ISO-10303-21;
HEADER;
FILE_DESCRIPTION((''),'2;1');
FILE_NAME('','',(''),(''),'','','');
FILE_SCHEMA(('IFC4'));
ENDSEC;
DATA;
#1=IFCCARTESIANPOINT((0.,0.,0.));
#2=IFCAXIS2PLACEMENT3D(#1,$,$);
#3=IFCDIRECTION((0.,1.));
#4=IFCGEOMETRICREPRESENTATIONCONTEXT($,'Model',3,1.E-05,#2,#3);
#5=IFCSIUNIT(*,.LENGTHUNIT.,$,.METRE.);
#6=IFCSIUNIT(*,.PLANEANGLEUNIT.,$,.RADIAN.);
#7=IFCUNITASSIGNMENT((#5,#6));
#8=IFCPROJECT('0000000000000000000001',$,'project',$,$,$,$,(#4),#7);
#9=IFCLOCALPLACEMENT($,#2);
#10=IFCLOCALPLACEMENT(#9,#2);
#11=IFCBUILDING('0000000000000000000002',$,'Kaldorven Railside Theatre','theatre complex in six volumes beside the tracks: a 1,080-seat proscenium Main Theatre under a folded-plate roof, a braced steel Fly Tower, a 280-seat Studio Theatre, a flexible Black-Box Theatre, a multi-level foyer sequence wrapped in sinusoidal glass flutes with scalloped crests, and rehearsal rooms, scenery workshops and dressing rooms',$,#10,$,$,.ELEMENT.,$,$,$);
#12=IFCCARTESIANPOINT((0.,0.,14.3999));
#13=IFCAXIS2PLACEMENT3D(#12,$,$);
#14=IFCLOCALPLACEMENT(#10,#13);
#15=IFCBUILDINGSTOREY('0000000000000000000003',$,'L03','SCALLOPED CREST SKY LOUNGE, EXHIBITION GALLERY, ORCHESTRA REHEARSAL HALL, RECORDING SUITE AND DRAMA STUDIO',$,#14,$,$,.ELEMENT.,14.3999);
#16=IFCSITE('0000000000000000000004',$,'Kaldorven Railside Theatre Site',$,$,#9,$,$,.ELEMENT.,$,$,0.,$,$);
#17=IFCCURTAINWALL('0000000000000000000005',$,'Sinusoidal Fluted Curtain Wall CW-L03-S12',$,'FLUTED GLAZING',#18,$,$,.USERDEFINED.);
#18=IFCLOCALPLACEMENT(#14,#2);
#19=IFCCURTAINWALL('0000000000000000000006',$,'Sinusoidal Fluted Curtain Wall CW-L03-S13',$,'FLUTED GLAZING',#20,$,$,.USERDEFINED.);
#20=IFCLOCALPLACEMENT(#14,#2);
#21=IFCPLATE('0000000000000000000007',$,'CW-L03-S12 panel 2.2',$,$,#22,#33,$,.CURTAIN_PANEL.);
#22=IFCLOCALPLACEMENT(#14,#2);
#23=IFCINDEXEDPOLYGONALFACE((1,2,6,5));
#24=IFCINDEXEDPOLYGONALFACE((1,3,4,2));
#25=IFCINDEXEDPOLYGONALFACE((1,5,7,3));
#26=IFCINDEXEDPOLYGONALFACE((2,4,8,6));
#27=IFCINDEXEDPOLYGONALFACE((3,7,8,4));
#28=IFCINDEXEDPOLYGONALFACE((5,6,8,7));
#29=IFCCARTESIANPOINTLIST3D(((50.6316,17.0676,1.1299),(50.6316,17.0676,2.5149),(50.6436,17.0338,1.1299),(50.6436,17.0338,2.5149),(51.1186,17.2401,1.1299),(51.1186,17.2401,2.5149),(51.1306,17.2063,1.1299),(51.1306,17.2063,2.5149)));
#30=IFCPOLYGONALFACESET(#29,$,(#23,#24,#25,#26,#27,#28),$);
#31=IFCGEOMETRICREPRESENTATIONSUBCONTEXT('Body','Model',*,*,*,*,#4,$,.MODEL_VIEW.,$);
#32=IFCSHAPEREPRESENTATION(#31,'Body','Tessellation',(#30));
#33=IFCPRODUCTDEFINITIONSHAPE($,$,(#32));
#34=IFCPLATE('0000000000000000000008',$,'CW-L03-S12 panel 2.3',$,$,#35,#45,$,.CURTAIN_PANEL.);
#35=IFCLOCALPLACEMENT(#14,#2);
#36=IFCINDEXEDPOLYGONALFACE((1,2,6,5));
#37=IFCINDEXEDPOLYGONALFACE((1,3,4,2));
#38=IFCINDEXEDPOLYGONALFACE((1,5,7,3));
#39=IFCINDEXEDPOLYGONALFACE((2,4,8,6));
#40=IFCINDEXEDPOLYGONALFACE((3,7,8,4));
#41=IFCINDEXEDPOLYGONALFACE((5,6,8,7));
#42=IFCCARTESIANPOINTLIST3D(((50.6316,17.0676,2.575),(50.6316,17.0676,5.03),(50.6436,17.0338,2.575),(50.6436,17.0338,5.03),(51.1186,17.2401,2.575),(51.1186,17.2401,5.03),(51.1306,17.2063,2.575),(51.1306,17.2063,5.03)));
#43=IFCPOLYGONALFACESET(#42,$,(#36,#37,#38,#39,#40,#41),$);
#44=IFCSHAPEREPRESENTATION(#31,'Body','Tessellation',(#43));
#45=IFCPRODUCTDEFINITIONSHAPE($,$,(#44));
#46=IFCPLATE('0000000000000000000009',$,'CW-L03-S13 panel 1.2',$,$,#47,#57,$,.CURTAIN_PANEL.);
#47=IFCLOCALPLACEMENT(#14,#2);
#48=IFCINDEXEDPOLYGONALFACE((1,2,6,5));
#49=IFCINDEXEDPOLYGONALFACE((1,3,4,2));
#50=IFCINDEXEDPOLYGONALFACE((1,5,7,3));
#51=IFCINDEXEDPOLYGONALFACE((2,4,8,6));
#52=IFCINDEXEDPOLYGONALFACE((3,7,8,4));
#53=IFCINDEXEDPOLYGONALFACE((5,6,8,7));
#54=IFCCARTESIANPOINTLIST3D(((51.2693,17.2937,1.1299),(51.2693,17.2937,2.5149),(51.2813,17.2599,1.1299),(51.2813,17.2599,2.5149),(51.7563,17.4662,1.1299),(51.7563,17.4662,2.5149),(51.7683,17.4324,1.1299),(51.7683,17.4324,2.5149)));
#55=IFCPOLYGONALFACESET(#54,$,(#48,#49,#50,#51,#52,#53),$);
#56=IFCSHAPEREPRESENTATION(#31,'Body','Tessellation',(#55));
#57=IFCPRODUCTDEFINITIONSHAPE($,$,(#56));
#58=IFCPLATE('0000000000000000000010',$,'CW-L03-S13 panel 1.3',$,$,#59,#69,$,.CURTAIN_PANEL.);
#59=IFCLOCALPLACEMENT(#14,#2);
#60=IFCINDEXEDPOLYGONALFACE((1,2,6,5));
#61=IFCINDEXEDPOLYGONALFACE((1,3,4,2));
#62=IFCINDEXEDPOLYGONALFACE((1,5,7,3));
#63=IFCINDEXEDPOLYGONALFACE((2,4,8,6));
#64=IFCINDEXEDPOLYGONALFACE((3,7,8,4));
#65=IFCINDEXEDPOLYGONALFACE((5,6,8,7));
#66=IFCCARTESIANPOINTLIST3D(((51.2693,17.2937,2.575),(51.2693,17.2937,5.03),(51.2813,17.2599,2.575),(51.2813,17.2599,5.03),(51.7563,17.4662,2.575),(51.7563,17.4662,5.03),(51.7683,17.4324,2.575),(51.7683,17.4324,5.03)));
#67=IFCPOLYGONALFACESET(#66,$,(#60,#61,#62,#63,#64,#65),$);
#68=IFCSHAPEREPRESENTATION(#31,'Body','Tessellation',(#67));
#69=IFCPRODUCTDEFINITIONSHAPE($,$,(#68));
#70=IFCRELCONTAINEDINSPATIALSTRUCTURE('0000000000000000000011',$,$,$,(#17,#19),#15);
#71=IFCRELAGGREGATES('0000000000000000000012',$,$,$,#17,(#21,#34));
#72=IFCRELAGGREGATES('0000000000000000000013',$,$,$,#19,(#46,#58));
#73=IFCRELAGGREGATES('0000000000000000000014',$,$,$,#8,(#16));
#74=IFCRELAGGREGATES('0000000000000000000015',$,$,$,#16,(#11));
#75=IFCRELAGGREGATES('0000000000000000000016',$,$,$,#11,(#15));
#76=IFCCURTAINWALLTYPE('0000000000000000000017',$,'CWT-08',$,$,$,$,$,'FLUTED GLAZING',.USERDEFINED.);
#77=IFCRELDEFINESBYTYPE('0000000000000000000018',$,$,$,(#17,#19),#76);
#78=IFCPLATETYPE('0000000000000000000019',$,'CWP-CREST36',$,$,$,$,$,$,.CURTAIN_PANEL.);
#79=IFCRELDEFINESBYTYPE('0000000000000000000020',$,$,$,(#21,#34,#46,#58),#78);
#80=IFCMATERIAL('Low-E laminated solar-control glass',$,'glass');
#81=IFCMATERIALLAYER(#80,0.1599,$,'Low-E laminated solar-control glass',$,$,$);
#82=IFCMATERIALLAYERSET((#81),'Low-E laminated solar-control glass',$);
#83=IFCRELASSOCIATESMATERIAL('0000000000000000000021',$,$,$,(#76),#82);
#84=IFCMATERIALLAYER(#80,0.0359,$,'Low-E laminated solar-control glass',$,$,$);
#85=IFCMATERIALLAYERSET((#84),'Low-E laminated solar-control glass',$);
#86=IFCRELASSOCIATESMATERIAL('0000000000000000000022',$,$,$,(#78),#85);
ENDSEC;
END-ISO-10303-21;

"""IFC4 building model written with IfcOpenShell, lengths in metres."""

from ifc_helpers import new_model, si_unit, direction, frame, origin, origin_2d, place, context, subcontext, project, spatial, rectangle, extrude, material, layer, layer_set, type_object, element, aggregate, save


model = new_model("IFC4")

# Units and contexts
model_context = context("Model", 3, precision=1e-05, world=origin(), true_north=direction((0.0, 1.0)))
body_context = subcontext(model_context, "Body", "Model", "MODEL_VIEW")
ifc_project = project(units=[si_unit("LENGTHUNIT", "METRE"), si_unit("PLANEANGLEUNIT", "RADIAN")], contexts=[model_context])

# Site, building, storey
site_placement = place(None, origin())
site = spatial("IfcSite", under=ifc_project, at=site_placement, Name="Kaldorven Railside Theatre Site", CompositionType="ELEMENT", RefElevation=0.0)
building_placement = place(site_placement, origin())
building = spatial("IfcBuilding", under=site, at=building_placement, Name="Kaldorven Railside Theatre", Description="theatre complex in six volumes beside the tracks: a 1,080-seat proscenium Main Theatre under a folded-plate roof, a braced steel Fly Tower, a 280-seat Studio Theatre, a flexible Black-Box Theatre, a multi-level foyer sequence wrapped in sinusoidal glass flutes with scalloped crests, and rehearsal rooms, scenery workshops and dressing rooms", CompositionType="ELEMENT")
storey_placement = place(building_placement, frame((0.0, 0.0, 14.3999)))
storey = spatial("IfcBuildingStorey", under=building, at=storey_placement, Name="L03", Description="SCALLOPED CREST SKY LOUNGE, EXHIBITION GALLERY, ORCHESTRA REHEARSAL HALL, RECORDING SUITE AND DRAMA STUDIO", CompositionType="ELEMENT", Elevation=14.3999)

# Curtain walls
ifc_material_1 = material(Name="Low-E laminated solar-control glass", Category="glass")
ifc_layer_1 = layer(ifc_material_1, 0.1599, Name="Low-E laminated solar-control glass")
ifc_layer_set_1 = layer_set([ifc_layer_1], Name="Low-E laminated solar-control glass")
curtain_wall_type_1 = type_object("IfcCurtainWallType", Name="CWT-08", ElementType="FLUTED GLAZING", PredefinedType="USERDEFINED", material=ifc_layer_set_1)
curtain_wall_1_placement = place(storey_placement, origin())
curtain_wall_1 = element("IfcCurtainWall", 1, at=curtain_wall_1_placement, inside=storey, type_object=curtain_wall_type_1, Name="Sinusoidal Fluted Curtain Wall CW-L03-S12", ObjectType="FLUTED GLAZING", PredefinedType="USERDEFINED")
curtain_wall_2_placement = place(storey_placement, origin())
curtain_wall_2 = element("IfcCurtainWall", 2, at=curtain_wall_2_placement, inside=storey, type_object=curtain_wall_type_1, Name="Sinusoidal Fluted Curtain Wall CW-L03-S13", ObjectType="FLUTED GLAZING", PredefinedType="USERDEFINED")

# Plates
ifc_layer_2 = layer(ifc_material_1, 0.0359, Name="Low-E laminated solar-control glass")
ifc_layer_set_2 = layer_set([ifc_layer_2], Name="Low-E laminated solar-control glass")
plate_type = type_object("IfcPlateType", Name="CWP-CREST36", PredefinedType="CURTAIN_PANEL", material=ifc_layer_set_2)
plate_1_placement = place(storey_placement, frame((50.8811, 17.137, 1.1299), z_axis=(0.0, 0.0, 1.0), x_axis=(0.942627, 0.333847, 0.0)))
plate_1 = element("IfcPlate", 3, at=plate_1_placement, type_object=plate_type, Name="CW-L03-S12 panel 2.2", PredefinedType="CURTAIN_PANEL", context=body_context, shape_type="SweptSolid", body=[
    extrude(rectangle(XDim=0.5166, YDim=0.0359, at=origin_2d()), origin(), (0.0, 0.0, 1.0), 1.385),
])
plate_2_placement = place(storey_placement, frame((50.8811, 17.137, 2.575), z_axis=(0.0, 0.0, 1.0), x_axis=(0.942627, 0.333847, 0.0)))
plate_2 = element("IfcPlate", 4, at=plate_2_placement, type_object=plate_type, Name="CW-L03-S12 panel 2.3", PredefinedType="CURTAIN_PANEL", context=body_context, shape_type="SweptSolid", body=[
    extrude(rectangle(XDim=0.5166, YDim=0.0359, at=origin_2d()), origin(), (0.0, 0.0, 1.0), 2.4551),
])
aggregate(curtain_wall_1, [plate_1, plate_2])
plate_3_placement = place(storey_placement, frame((51.5188, 17.363, 1.1299), z_axis=(0.0, 0.0, 1.0), x_axis=(0.942627, 0.333847, 0.0)))
plate_3 = element("IfcPlate", 5, at=plate_3_placement, type_object=plate_type, Name="CW-L03-S13 panel 1.2", PredefinedType="CURTAIN_PANEL", context=body_context, shape_type="SweptSolid", body=[
    extrude(rectangle(XDim=0.5166, YDim=0.0359, at=origin_2d()), origin(), (0.0, 0.0, 1.0), 1.385),
])
plate_4_placement = place(storey_placement, frame((51.5188, 17.363, 2.575), z_axis=(0.0, 0.0, 1.0), x_axis=(0.942627, 0.333847, 0.0)))
plate_4 = element("IfcPlate", 6, at=plate_4_placement, type_object=plate_type, Name="CW-L03-S13 panel 1.3", PredefinedType="CURTAIN_PANEL", context=body_context, shape_type="SweptSolid", body=[
    extrude(rectangle(XDim=0.5166, YDim=0.0359, at=origin_2d()), origin(), (0.0, 0.0, 1.0), 2.4551),
])
aggregate(curtain_wall_2, [plate_3, plate_4])

save(model, "model.ifc")
